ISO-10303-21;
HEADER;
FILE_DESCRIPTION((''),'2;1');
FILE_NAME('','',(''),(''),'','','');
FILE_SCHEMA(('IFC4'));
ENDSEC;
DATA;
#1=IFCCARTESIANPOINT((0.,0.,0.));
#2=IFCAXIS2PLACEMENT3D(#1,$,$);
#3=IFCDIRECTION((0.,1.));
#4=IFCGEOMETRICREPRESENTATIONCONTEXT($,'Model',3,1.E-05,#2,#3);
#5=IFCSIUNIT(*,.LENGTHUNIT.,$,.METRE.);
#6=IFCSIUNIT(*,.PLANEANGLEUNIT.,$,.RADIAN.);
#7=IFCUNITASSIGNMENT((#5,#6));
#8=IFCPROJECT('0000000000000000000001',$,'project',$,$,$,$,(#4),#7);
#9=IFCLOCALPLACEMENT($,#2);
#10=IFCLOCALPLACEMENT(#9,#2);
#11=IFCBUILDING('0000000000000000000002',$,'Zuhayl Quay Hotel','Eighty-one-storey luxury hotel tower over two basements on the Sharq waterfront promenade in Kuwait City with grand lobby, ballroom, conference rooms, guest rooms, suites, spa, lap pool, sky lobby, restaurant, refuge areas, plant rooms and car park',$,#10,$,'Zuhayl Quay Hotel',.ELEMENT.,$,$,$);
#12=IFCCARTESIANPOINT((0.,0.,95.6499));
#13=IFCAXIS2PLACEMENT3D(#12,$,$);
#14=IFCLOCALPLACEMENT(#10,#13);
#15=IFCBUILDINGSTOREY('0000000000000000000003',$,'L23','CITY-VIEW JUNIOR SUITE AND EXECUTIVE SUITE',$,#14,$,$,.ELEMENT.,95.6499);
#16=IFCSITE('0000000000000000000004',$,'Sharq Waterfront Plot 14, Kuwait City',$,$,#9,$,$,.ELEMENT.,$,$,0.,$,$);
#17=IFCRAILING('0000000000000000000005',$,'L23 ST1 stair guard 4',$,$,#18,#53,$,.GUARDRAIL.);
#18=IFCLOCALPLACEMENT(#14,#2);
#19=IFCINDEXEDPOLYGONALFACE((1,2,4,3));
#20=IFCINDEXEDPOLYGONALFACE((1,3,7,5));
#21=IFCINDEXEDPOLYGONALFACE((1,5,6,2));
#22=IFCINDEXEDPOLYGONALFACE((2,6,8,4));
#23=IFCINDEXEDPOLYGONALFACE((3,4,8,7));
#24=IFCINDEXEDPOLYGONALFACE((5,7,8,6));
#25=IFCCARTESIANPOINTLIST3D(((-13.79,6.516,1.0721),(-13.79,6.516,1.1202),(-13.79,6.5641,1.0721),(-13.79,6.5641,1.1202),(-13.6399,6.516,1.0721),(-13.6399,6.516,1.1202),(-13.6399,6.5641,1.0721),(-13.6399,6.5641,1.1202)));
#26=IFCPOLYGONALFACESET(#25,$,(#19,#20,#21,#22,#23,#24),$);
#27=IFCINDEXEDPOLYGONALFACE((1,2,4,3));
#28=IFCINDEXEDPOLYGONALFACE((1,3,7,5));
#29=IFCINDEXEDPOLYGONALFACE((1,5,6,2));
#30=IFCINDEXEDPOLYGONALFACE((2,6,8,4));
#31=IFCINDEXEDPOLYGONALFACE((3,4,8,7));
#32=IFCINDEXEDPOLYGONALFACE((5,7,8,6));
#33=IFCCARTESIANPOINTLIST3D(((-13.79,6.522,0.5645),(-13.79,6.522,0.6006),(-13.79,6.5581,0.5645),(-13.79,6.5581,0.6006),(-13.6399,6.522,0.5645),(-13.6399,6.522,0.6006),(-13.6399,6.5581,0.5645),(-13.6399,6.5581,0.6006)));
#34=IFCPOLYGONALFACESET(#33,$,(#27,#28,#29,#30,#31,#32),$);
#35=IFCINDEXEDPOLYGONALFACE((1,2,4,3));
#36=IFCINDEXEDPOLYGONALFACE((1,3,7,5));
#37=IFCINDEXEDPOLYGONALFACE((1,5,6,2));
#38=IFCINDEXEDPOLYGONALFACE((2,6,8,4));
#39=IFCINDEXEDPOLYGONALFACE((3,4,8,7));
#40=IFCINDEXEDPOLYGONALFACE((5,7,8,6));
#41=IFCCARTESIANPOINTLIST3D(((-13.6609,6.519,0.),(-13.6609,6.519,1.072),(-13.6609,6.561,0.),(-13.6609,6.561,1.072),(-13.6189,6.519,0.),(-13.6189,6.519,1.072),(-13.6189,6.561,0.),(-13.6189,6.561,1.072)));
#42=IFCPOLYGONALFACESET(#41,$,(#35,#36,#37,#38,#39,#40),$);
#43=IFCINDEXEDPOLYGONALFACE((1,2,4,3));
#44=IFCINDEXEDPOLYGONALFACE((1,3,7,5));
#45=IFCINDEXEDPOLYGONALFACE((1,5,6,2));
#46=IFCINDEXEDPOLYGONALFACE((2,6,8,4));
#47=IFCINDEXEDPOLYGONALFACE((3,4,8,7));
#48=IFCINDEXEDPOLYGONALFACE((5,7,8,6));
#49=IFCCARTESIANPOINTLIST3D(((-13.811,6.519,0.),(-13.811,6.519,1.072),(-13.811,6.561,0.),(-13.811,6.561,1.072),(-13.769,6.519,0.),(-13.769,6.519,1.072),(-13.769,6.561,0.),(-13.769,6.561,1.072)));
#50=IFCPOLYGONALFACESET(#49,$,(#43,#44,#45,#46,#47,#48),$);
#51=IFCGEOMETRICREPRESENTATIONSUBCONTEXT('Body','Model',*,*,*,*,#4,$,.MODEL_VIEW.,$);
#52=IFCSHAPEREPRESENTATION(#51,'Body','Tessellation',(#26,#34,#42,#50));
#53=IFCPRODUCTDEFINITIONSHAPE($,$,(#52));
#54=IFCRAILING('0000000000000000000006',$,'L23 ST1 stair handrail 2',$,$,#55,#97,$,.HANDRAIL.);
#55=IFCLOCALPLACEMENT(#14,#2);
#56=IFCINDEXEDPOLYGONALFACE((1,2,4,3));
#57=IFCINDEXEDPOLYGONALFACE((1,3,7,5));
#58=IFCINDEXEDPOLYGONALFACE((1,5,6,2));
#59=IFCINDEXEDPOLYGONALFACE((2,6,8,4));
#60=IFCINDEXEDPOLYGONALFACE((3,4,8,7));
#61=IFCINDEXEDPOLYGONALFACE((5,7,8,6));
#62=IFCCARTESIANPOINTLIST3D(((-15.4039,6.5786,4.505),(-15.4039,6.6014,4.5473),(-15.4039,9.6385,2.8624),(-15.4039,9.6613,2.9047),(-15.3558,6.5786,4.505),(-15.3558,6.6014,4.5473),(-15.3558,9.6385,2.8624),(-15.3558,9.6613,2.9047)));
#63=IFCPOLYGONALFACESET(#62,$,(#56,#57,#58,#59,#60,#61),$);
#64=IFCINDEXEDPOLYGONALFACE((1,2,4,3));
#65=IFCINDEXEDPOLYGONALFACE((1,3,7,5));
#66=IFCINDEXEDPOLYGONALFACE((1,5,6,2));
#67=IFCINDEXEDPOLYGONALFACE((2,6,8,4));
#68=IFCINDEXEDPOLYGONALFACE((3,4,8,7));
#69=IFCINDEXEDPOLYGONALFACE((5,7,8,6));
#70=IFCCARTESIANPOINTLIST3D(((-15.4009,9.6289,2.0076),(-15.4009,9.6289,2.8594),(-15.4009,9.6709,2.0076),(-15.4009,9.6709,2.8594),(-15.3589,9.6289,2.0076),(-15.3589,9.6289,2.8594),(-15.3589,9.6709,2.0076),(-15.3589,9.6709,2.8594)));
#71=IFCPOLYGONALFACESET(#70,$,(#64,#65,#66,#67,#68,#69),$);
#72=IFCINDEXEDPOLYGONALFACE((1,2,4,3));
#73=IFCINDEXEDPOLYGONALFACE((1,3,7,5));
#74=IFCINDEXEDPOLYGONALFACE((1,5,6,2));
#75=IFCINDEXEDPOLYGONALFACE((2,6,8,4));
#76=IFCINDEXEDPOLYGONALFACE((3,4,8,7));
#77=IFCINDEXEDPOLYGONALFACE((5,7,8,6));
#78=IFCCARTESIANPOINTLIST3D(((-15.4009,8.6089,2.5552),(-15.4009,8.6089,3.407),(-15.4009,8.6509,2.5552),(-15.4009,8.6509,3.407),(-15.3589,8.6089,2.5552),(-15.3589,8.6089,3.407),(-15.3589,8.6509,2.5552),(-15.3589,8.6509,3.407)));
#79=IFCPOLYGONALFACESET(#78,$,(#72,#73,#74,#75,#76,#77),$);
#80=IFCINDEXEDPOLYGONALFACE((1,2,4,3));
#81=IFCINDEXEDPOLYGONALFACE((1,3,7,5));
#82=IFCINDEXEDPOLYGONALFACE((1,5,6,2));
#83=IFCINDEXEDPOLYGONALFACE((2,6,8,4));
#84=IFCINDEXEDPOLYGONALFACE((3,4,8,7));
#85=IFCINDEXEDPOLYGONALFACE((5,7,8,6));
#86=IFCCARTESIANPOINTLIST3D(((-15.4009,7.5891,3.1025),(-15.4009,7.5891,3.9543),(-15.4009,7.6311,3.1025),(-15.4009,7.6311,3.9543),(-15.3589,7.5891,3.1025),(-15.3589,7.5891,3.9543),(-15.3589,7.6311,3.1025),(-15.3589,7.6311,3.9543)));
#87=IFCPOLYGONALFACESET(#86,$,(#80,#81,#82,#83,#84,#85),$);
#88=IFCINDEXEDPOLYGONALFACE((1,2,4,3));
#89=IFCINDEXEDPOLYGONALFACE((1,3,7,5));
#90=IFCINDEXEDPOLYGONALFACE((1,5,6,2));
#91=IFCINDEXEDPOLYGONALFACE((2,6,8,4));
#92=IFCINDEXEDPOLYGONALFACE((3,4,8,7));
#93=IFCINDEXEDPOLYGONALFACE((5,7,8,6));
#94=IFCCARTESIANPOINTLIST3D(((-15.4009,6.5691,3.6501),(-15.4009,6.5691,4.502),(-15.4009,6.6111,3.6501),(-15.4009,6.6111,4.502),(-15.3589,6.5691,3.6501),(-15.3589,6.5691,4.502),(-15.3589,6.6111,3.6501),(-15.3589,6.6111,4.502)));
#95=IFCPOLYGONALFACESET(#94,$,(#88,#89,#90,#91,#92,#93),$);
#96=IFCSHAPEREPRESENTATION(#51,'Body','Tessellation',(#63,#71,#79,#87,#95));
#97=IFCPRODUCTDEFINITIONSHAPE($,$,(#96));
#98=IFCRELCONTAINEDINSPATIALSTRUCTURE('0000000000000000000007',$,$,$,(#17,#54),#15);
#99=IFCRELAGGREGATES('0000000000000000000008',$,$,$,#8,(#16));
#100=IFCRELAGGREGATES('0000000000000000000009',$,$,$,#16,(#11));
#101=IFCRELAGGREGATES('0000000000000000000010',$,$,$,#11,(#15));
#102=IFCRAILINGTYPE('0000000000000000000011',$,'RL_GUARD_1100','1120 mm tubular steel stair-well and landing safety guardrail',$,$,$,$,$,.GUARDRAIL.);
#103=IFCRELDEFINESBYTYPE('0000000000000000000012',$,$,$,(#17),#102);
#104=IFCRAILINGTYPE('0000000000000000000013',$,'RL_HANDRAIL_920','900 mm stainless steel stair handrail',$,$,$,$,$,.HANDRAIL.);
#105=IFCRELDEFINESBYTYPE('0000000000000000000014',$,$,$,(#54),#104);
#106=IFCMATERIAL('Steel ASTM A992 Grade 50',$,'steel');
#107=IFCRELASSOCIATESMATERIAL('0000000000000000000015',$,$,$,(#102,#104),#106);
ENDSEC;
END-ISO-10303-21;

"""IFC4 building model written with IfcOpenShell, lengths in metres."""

from ifc_helpers import new_model, si_unit, direction, frame, origin, origin_2d, place, context, subcontext, project, spatial, rectangle, extrude, material, type_object, element, save


model = new_model("IFC4")

# Units and contexts
model_context = context("Model", 3, precision=1e-05, world=origin(), true_north=direction((0.0, 1.0)))
body_context = subcontext(model_context, "Body", "Model", "MODEL_VIEW")
ifc_project = project(units=[si_unit("LENGTHUNIT", "METRE"), si_unit("PLANEANGLEUNIT", "RADIAN")], contexts=[model_context])

# Site, building, storey
site_placement = place(None, origin())
site = spatial("IfcSite", under=ifc_project, at=site_placement, Name="Sharq Waterfront Plot 14, Kuwait City", CompositionType="ELEMENT", RefElevation=0.0)
building_placement = place(site_placement, origin())
building = spatial("IfcBuilding", under=site, at=building_placement, Name="Zuhayl Quay Hotel", Description="Eighty-one-storey luxury hotel tower over two basements on the Sharq waterfront promenade in Kuwait City with grand lobby, ballroom, conference rooms, guest rooms, suites, spa, lap pool, sky lobby, restaurant, refuge areas, plant rooms and car park", LongName="Zuhayl Quay Hotel", CompositionType="ELEMENT")
storey_placement = place(building_placement, frame((0.0, 0.0, 95.6499)))
storey = spatial("IfcBuildingStorey", under=building, at=storey_placement, Name="L23", Description="CITY-VIEW JUNIOR SUITE AND EXECUTIVE SUITE", CompositionType="ELEMENT", Elevation=95.6499)

# Shared definitions
ifc_material_1 = material(Name="Steel ASTM A992 Grade 50", Category="steel")

# Railings
railing_type_1 = type_object("IfcRailingType", Name="RL_GUARD_1100", Description="1120 mm tubular steel stair-well and landing safety guardrail", PredefinedType="GUARDRAIL", material=ifc_material_1)
railing_1_placement = place(storey_placement, frame((-13.6399, 6.54, 0.0)))
element("IfcRailing", 1, at=railing_1_placement, inside=storey, type_object=railing_type_1, Name="L23 ST1 stair guard 4", PredefinedType="GUARDRAIL", context=body_context, shape_type="SweptSolid", body=[
    extrude(rectangle(XDim=0.0481, YDim=0.0481, at=origin_2d()), frame((0.0, 0.0, 1.0962), z_axis=(-1.0, 0.0, 0.0), x_axis=(0.0, -1.0, 0.0)), (0.0, 0.0, 1.0), 0.1501),
    extrude(rectangle(XDim=0.0361, YDim=0.0361, at=origin_2d()), frame((0.0, 0.0, 0.5825), z_axis=(-1.0, 0.0, 0.0), x_axis=(0.0, -1.0, 0.0)), (0.0, 0.0, 1.0), 0.1501),
    extrude(rectangle(XDim=0.042, YDim=0.042, at=origin_2d()), origin(), (0.0, 0.0, 1.0), 1.072),
    extrude(rectangle(XDim=0.042, YDim=0.042, at=origin_2d()), frame((-0.1501, 0.0, 0.0)), (0.0, 0.0, 1.0), 1.072),
])
railing_type_2 = type_object("IfcRailingType", Name="RL_HANDRAIL_920", Description="900 mm stainless steel stair handrail", PredefinedType="HANDRAIL", material=ifc_material_1)
railing_2_placement = place(storey_placement, frame((-15.3799, 9.6499, 2.0076)))
element("IfcRailing", 2, at=railing_2_placement, inside=storey, type_object=railing_type_2, Name="L23 ST1 stair handrail 2", PredefinedType="HANDRAIL", context=body_context, shape_type="SweptSolid", body=[
    extrude(rectangle(XDim=0.0481, YDim=0.0481, at=origin_2d()), frame((0.0, 0.0, 0.876), z_axis=(0.0, -0.881073, 0.47298), x_axis=(1.0, 0.0, 0.0)), (0.0, 0.0, 1.0), 3.4729),
    extrude(rectangle(XDim=0.042, YDim=0.042, at=origin_2d()), origin(), (0.0, 0.0, 1.0), 0.8518),
    extrude(rectangle(XDim=0.042, YDim=0.042, at=origin_2d()), frame((0.0, -1.02, 0.5476)), (0.0, 0.0, 1.0), 0.8518),
    extrude(rectangle(XDim=0.042, YDim=0.042, at=origin_2d()), frame((0.0, -2.0398, 1.095)), (0.0, 0.0, 1.0), 0.8518),
    extrude(rectangle(XDim=0.042, YDim=0.042, at=origin_2d()), frame((0.0, -3.0598, 1.6426)), (0.0, 0.0, 1.0), 0.8518),
])

save(model, "model.ifc")
